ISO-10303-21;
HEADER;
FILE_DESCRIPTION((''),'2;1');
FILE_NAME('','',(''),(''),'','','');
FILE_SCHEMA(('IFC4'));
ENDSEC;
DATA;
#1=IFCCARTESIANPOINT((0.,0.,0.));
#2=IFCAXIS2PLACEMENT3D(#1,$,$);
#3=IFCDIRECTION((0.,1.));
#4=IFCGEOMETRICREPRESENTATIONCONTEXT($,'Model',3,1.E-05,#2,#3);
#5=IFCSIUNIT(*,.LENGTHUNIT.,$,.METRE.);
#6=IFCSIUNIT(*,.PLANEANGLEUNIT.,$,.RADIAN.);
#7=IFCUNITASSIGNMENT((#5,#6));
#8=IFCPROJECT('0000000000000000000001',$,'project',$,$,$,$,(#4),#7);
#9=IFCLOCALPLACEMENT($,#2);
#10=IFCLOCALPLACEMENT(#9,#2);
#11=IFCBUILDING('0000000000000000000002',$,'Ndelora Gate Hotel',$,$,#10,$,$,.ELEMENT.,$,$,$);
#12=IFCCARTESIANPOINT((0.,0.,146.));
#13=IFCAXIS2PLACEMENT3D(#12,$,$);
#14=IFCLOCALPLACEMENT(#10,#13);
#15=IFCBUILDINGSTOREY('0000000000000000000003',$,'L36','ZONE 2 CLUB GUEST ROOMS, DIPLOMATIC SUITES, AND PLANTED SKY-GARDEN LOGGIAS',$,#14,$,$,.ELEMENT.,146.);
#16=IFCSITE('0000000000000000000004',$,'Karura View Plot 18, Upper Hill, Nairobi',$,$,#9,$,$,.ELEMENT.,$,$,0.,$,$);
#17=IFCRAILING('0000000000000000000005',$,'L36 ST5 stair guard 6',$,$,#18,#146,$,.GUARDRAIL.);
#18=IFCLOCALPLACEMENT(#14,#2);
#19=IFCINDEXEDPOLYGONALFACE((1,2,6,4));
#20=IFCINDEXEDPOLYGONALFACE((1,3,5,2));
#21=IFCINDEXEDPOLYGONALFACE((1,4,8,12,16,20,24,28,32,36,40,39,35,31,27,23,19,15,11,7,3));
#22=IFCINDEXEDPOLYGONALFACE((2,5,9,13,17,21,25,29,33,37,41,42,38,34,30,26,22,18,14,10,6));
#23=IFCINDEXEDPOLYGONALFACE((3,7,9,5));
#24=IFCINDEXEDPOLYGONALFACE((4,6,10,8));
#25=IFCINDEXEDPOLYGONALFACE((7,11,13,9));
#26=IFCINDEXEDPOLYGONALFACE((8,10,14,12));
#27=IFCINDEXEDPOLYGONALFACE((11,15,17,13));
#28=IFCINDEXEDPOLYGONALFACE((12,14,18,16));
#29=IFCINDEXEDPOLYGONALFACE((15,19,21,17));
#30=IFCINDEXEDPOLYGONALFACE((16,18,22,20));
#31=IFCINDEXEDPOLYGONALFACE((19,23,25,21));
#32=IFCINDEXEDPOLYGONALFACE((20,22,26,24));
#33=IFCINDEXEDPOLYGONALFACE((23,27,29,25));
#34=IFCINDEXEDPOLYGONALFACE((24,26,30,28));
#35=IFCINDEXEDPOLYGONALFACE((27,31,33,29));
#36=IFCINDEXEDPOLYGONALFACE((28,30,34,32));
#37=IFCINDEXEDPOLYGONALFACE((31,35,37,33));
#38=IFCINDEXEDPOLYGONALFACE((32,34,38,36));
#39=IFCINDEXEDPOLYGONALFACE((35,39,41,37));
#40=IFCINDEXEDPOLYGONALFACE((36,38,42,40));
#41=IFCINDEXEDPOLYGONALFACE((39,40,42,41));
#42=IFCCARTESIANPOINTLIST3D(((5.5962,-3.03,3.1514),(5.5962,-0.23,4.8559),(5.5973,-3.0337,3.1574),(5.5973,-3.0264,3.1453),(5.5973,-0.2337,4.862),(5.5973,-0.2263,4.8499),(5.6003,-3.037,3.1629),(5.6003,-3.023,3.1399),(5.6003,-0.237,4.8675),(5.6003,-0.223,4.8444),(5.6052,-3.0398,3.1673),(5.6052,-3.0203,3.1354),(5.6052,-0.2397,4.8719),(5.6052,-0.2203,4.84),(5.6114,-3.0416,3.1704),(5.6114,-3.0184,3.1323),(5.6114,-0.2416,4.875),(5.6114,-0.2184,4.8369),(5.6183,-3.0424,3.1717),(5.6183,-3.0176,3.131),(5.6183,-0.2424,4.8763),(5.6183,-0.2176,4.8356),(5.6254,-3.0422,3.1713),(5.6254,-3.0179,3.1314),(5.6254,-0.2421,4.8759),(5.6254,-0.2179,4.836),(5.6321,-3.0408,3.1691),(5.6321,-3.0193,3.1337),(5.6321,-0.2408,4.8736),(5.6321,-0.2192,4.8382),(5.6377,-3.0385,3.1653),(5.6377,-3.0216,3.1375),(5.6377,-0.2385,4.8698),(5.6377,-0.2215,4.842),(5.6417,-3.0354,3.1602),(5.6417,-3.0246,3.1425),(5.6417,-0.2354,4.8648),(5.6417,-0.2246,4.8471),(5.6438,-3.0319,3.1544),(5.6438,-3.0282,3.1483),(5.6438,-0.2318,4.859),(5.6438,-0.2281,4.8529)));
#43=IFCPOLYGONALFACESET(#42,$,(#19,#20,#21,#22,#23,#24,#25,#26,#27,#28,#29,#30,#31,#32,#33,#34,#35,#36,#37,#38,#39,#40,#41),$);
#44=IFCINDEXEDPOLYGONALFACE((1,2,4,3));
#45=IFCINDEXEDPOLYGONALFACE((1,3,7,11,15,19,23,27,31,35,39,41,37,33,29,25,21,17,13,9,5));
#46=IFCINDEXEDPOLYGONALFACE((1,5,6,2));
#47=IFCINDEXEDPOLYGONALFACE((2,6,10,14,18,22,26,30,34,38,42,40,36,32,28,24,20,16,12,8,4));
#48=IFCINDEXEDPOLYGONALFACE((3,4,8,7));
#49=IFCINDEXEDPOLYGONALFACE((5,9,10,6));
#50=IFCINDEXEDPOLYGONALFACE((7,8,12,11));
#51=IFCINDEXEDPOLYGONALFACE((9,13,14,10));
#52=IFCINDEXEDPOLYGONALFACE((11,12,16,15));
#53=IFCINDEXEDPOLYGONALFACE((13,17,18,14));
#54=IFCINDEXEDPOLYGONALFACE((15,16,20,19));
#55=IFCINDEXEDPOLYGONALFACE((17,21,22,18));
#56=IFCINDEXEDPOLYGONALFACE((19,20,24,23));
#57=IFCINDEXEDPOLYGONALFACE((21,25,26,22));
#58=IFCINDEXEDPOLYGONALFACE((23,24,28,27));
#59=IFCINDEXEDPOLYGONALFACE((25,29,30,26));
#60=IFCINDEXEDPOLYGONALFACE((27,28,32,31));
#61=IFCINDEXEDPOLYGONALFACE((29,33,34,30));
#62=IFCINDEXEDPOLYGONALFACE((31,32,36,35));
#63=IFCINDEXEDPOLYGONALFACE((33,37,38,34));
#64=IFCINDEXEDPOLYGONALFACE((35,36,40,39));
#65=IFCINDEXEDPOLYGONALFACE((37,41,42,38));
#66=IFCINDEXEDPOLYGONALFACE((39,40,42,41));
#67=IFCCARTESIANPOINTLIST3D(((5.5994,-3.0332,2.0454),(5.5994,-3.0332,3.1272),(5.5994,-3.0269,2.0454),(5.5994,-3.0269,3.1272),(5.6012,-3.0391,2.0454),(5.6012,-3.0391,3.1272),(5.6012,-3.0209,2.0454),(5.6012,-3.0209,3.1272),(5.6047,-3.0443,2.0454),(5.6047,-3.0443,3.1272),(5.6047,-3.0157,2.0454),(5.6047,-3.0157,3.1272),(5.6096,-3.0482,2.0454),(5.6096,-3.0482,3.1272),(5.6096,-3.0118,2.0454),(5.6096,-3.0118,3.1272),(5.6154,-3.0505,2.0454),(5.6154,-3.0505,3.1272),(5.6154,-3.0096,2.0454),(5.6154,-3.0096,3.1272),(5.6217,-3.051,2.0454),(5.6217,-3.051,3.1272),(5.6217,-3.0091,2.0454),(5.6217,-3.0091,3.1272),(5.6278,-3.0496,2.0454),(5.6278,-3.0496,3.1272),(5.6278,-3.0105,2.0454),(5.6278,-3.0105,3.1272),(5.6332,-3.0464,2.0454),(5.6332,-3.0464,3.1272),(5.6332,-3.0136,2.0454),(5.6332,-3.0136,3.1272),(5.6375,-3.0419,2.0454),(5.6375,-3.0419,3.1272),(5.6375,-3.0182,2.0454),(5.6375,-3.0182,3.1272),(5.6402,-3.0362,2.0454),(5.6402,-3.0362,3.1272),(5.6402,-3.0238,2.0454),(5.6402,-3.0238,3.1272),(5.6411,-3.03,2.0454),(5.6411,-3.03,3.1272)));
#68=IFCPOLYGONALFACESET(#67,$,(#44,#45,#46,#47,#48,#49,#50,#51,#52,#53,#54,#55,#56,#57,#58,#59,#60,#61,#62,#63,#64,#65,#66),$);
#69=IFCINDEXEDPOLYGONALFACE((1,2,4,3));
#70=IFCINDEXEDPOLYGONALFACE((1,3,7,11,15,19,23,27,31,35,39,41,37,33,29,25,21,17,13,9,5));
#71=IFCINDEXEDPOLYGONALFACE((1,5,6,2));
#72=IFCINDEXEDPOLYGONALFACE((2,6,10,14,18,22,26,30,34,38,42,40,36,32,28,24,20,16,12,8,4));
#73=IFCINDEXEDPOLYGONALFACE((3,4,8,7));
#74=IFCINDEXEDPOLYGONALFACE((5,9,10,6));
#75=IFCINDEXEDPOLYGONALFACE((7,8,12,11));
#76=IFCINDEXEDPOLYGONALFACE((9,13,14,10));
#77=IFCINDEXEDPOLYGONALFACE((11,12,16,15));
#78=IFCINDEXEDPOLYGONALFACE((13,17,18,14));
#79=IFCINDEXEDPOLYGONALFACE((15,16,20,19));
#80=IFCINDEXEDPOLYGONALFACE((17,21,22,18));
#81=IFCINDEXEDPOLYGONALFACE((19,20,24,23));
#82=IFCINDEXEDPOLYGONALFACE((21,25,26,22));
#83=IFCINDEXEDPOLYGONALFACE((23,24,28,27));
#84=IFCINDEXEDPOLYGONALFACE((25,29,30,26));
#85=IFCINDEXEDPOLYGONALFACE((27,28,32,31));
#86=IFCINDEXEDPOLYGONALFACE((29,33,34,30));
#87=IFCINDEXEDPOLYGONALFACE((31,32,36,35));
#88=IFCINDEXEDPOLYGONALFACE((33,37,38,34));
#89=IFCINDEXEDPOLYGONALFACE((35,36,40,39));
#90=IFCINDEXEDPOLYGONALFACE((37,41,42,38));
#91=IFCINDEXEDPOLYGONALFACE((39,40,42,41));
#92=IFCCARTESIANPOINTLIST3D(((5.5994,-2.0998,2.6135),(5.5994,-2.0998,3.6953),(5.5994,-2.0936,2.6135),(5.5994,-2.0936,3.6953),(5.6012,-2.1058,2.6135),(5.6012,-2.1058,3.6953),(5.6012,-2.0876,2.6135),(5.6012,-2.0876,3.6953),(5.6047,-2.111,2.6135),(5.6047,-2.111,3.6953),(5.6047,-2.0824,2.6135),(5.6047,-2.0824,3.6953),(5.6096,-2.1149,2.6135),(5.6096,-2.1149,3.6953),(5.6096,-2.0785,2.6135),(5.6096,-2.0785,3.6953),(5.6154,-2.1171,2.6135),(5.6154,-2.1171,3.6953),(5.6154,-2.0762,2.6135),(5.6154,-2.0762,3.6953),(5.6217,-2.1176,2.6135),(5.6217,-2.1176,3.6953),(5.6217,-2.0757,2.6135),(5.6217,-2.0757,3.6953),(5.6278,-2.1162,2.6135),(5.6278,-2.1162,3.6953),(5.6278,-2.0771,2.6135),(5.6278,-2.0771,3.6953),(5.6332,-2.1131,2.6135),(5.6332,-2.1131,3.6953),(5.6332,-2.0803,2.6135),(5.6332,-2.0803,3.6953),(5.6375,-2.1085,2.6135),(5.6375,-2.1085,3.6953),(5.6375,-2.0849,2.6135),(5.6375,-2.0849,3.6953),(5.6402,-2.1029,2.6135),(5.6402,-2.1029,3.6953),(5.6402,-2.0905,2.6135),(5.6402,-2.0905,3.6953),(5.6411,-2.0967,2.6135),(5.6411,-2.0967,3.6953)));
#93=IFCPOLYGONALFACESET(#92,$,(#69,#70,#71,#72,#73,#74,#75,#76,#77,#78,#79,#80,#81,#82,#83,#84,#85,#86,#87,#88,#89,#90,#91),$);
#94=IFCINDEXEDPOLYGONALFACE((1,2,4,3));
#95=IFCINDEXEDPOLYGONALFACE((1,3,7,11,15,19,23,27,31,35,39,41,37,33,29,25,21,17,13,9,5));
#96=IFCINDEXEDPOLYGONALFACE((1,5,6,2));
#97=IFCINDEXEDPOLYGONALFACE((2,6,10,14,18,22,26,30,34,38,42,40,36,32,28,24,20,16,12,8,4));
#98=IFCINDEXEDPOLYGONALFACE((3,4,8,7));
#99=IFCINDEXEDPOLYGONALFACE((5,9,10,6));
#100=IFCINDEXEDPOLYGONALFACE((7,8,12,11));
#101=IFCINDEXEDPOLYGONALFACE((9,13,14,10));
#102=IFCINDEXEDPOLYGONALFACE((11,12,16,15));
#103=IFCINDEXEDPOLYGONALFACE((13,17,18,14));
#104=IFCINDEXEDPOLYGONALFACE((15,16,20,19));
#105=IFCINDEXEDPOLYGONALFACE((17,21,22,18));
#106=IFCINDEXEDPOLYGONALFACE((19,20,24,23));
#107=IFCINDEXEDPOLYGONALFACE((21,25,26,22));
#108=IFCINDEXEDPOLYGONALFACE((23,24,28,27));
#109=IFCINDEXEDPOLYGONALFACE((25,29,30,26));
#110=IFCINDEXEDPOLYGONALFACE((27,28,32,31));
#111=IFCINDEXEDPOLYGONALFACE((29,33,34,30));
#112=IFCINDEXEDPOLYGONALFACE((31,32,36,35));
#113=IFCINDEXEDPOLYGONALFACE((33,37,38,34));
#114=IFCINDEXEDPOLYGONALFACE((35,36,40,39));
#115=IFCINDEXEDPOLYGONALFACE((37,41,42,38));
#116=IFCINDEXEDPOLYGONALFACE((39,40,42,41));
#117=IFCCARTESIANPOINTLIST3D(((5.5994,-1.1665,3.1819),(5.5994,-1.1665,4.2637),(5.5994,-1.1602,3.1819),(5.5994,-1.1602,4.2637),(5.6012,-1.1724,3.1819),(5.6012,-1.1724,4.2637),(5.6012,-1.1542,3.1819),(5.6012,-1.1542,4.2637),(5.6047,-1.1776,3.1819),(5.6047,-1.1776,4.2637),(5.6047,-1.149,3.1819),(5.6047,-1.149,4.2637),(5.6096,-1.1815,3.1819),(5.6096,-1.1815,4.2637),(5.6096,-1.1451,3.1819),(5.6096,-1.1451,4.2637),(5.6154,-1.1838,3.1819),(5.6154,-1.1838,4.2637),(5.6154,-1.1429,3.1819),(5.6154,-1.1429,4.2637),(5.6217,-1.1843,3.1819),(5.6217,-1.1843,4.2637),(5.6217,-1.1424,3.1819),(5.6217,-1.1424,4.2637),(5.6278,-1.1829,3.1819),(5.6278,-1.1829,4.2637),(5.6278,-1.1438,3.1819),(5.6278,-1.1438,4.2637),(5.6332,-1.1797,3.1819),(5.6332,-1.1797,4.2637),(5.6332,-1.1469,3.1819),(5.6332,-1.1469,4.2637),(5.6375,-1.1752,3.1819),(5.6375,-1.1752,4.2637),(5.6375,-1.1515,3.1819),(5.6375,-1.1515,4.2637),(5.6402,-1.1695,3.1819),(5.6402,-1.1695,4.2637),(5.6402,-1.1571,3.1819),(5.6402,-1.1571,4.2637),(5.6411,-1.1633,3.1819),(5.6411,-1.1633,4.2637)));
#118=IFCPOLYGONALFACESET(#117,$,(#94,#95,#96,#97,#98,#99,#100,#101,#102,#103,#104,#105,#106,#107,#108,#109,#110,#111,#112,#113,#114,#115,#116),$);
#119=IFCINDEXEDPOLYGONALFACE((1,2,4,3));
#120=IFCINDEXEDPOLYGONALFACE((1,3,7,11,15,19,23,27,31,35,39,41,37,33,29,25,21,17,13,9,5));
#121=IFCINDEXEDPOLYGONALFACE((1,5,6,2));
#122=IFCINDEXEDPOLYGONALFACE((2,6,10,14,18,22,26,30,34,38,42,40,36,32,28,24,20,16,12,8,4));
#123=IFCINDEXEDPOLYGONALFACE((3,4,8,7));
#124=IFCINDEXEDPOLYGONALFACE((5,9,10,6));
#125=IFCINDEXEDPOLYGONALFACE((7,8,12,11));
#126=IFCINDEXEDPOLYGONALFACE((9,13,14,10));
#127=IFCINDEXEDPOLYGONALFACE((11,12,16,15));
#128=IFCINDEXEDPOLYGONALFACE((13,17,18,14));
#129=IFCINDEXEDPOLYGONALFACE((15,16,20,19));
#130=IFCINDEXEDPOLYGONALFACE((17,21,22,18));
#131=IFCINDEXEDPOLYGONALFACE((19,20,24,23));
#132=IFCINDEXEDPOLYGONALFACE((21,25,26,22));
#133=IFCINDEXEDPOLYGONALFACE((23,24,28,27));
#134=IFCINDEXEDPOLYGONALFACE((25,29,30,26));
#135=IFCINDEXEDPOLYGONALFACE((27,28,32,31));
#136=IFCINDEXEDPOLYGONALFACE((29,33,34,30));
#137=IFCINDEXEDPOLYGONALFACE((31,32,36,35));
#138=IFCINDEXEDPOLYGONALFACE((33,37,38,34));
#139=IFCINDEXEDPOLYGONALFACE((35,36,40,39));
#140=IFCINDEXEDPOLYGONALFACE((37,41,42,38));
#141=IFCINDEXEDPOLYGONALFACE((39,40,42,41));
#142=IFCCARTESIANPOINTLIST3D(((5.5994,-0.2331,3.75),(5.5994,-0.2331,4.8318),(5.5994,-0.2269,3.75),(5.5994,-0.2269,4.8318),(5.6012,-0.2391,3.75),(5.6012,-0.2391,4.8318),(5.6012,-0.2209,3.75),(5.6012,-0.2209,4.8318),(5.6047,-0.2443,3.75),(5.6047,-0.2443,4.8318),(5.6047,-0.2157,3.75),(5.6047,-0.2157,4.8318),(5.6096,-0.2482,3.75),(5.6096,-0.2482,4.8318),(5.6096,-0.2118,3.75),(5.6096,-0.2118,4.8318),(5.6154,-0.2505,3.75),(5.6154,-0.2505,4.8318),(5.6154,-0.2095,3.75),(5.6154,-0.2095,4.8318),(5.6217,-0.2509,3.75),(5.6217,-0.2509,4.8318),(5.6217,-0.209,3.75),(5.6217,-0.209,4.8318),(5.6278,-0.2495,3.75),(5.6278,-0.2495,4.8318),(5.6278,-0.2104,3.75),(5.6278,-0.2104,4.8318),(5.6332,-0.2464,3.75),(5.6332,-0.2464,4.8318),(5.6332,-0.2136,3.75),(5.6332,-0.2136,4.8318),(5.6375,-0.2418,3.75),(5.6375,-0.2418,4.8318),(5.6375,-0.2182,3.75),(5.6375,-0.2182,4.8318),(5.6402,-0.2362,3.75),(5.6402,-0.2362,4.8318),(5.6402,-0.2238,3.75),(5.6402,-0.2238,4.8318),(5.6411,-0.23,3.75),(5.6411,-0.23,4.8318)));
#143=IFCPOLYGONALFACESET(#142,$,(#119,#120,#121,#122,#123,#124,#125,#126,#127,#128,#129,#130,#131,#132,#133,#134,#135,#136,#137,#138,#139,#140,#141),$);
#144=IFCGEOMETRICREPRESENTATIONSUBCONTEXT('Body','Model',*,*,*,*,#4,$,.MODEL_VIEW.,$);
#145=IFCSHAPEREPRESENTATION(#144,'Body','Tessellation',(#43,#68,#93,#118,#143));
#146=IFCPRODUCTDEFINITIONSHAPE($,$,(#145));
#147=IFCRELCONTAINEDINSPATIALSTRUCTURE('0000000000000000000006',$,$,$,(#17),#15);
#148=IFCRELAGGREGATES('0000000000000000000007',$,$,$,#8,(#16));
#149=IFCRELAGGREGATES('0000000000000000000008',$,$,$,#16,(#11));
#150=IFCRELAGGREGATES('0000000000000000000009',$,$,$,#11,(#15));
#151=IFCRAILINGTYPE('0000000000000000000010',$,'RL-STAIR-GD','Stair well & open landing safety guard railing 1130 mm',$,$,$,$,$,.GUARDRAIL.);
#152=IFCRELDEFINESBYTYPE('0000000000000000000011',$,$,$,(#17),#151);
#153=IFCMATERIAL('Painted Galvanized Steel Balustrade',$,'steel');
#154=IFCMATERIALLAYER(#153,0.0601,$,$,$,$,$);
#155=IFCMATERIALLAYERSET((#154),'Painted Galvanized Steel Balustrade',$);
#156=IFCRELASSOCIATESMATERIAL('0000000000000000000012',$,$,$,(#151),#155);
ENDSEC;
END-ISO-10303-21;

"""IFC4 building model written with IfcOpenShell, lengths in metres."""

from ifc_helpers import new_model, si_unit, direction, frame, origin, origin_2d, place, context, subcontext, project, spatial, circle, extrude, material, layer, layer_set, type_object, element, save


model = new_model("IFC4")

# Units and contexts
model_context = context("Model", 3, precision=1e-05, world=origin(), true_north=direction((0.0, 1.0)))
body_context = subcontext(model_context, "Body", "Model", "MODEL_VIEW")
ifc_project = project(units=[si_unit("LENGTHUNIT", "METRE"), si_unit("PLANEANGLEUNIT", "RADIAN")], contexts=[model_context])

# Site, building, storey
site_placement = place(None, origin())
site = spatial("IfcSite", under=ifc_project, at=site_placement, Name="Karura View Plot 18, Upper Hill, Nairobi", CompositionType="ELEMENT", RefElevation=0.0)
building_placement = place(site_placement, origin())
building = spatial("IfcBuilding", under=site, at=building_placement, Name="Ndelora Gate Hotel", CompositionType="ELEMENT")
storey_placement = place(building_placement, frame((0.0, 0.0, 146.0)))
storey = spatial("IfcBuildingStorey", under=building, at=storey_placement, Name="L36", Description="ZONE 2 CLUB GUEST ROOMS, DIPLOMATIC SUITES, AND PLANTED SKY-GARDEN LOGGIAS", CompositionType="ELEMENT", Elevation=146.0)

# Railing
ifc_material_1 = material(Name="Painted Galvanized Steel Balustrade", Category="steel")
ifc_layer_1 = layer(ifc_material_1, 0.0601)
ifc_layer_set_1 = layer_set([ifc_layer_1], Name="Painted Galvanized Steel Balustrade")
railing_type_1 = type_object("IfcRailingType", Name="RL-STAIR-GD", Description="Stair well & open landing safety guard railing 1130 mm", PredefinedType="GUARDRAIL", material=ifc_layer_set_1)
railing_1_placement = place(storey_placement, frame((5.6201, -3.03, 2.0454)))
element("IfcRailing", 1, at=railing_1_placement, inside=storey, type_object=railing_type_1, Name="L36 ST5 stair guard 6", PredefinedType="GUARDRAIL", context=body_context, shape_type="SweptSolid", body=[
    extrude(circle(Radius=0.0239, at=origin_2d()), frame((0.0, 0.0, 1.106), z_axis=(0.0, 0.85417, 0.519994), x_axis=(-1.0, 0.0, 0.0)), (0.0, 0.0, 1.0), 3.2781),
    extrude(circle(Radius=0.021, at=origin_2d()), origin(), (0.0, 0.0, 1.0), 1.0818),
    extrude(circle(Radius=0.021, at=origin_2d()), frame((0.0, 0.9333, 0.5681)), (0.0, 0.0, 1.0), 1.0818),
    extrude(circle(Radius=0.021, at=origin_2d()), frame((0.0, 1.8667, 1.1365)), (0.0, 0.0, 1.0), 1.0818),
    extrude(circle(Radius=0.021, at=origin_2d()), frame((0.0, 2.8, 1.7046)), (0.0, 0.0, 1.0), 1.0818),
])

save(model, "model.ifc")
